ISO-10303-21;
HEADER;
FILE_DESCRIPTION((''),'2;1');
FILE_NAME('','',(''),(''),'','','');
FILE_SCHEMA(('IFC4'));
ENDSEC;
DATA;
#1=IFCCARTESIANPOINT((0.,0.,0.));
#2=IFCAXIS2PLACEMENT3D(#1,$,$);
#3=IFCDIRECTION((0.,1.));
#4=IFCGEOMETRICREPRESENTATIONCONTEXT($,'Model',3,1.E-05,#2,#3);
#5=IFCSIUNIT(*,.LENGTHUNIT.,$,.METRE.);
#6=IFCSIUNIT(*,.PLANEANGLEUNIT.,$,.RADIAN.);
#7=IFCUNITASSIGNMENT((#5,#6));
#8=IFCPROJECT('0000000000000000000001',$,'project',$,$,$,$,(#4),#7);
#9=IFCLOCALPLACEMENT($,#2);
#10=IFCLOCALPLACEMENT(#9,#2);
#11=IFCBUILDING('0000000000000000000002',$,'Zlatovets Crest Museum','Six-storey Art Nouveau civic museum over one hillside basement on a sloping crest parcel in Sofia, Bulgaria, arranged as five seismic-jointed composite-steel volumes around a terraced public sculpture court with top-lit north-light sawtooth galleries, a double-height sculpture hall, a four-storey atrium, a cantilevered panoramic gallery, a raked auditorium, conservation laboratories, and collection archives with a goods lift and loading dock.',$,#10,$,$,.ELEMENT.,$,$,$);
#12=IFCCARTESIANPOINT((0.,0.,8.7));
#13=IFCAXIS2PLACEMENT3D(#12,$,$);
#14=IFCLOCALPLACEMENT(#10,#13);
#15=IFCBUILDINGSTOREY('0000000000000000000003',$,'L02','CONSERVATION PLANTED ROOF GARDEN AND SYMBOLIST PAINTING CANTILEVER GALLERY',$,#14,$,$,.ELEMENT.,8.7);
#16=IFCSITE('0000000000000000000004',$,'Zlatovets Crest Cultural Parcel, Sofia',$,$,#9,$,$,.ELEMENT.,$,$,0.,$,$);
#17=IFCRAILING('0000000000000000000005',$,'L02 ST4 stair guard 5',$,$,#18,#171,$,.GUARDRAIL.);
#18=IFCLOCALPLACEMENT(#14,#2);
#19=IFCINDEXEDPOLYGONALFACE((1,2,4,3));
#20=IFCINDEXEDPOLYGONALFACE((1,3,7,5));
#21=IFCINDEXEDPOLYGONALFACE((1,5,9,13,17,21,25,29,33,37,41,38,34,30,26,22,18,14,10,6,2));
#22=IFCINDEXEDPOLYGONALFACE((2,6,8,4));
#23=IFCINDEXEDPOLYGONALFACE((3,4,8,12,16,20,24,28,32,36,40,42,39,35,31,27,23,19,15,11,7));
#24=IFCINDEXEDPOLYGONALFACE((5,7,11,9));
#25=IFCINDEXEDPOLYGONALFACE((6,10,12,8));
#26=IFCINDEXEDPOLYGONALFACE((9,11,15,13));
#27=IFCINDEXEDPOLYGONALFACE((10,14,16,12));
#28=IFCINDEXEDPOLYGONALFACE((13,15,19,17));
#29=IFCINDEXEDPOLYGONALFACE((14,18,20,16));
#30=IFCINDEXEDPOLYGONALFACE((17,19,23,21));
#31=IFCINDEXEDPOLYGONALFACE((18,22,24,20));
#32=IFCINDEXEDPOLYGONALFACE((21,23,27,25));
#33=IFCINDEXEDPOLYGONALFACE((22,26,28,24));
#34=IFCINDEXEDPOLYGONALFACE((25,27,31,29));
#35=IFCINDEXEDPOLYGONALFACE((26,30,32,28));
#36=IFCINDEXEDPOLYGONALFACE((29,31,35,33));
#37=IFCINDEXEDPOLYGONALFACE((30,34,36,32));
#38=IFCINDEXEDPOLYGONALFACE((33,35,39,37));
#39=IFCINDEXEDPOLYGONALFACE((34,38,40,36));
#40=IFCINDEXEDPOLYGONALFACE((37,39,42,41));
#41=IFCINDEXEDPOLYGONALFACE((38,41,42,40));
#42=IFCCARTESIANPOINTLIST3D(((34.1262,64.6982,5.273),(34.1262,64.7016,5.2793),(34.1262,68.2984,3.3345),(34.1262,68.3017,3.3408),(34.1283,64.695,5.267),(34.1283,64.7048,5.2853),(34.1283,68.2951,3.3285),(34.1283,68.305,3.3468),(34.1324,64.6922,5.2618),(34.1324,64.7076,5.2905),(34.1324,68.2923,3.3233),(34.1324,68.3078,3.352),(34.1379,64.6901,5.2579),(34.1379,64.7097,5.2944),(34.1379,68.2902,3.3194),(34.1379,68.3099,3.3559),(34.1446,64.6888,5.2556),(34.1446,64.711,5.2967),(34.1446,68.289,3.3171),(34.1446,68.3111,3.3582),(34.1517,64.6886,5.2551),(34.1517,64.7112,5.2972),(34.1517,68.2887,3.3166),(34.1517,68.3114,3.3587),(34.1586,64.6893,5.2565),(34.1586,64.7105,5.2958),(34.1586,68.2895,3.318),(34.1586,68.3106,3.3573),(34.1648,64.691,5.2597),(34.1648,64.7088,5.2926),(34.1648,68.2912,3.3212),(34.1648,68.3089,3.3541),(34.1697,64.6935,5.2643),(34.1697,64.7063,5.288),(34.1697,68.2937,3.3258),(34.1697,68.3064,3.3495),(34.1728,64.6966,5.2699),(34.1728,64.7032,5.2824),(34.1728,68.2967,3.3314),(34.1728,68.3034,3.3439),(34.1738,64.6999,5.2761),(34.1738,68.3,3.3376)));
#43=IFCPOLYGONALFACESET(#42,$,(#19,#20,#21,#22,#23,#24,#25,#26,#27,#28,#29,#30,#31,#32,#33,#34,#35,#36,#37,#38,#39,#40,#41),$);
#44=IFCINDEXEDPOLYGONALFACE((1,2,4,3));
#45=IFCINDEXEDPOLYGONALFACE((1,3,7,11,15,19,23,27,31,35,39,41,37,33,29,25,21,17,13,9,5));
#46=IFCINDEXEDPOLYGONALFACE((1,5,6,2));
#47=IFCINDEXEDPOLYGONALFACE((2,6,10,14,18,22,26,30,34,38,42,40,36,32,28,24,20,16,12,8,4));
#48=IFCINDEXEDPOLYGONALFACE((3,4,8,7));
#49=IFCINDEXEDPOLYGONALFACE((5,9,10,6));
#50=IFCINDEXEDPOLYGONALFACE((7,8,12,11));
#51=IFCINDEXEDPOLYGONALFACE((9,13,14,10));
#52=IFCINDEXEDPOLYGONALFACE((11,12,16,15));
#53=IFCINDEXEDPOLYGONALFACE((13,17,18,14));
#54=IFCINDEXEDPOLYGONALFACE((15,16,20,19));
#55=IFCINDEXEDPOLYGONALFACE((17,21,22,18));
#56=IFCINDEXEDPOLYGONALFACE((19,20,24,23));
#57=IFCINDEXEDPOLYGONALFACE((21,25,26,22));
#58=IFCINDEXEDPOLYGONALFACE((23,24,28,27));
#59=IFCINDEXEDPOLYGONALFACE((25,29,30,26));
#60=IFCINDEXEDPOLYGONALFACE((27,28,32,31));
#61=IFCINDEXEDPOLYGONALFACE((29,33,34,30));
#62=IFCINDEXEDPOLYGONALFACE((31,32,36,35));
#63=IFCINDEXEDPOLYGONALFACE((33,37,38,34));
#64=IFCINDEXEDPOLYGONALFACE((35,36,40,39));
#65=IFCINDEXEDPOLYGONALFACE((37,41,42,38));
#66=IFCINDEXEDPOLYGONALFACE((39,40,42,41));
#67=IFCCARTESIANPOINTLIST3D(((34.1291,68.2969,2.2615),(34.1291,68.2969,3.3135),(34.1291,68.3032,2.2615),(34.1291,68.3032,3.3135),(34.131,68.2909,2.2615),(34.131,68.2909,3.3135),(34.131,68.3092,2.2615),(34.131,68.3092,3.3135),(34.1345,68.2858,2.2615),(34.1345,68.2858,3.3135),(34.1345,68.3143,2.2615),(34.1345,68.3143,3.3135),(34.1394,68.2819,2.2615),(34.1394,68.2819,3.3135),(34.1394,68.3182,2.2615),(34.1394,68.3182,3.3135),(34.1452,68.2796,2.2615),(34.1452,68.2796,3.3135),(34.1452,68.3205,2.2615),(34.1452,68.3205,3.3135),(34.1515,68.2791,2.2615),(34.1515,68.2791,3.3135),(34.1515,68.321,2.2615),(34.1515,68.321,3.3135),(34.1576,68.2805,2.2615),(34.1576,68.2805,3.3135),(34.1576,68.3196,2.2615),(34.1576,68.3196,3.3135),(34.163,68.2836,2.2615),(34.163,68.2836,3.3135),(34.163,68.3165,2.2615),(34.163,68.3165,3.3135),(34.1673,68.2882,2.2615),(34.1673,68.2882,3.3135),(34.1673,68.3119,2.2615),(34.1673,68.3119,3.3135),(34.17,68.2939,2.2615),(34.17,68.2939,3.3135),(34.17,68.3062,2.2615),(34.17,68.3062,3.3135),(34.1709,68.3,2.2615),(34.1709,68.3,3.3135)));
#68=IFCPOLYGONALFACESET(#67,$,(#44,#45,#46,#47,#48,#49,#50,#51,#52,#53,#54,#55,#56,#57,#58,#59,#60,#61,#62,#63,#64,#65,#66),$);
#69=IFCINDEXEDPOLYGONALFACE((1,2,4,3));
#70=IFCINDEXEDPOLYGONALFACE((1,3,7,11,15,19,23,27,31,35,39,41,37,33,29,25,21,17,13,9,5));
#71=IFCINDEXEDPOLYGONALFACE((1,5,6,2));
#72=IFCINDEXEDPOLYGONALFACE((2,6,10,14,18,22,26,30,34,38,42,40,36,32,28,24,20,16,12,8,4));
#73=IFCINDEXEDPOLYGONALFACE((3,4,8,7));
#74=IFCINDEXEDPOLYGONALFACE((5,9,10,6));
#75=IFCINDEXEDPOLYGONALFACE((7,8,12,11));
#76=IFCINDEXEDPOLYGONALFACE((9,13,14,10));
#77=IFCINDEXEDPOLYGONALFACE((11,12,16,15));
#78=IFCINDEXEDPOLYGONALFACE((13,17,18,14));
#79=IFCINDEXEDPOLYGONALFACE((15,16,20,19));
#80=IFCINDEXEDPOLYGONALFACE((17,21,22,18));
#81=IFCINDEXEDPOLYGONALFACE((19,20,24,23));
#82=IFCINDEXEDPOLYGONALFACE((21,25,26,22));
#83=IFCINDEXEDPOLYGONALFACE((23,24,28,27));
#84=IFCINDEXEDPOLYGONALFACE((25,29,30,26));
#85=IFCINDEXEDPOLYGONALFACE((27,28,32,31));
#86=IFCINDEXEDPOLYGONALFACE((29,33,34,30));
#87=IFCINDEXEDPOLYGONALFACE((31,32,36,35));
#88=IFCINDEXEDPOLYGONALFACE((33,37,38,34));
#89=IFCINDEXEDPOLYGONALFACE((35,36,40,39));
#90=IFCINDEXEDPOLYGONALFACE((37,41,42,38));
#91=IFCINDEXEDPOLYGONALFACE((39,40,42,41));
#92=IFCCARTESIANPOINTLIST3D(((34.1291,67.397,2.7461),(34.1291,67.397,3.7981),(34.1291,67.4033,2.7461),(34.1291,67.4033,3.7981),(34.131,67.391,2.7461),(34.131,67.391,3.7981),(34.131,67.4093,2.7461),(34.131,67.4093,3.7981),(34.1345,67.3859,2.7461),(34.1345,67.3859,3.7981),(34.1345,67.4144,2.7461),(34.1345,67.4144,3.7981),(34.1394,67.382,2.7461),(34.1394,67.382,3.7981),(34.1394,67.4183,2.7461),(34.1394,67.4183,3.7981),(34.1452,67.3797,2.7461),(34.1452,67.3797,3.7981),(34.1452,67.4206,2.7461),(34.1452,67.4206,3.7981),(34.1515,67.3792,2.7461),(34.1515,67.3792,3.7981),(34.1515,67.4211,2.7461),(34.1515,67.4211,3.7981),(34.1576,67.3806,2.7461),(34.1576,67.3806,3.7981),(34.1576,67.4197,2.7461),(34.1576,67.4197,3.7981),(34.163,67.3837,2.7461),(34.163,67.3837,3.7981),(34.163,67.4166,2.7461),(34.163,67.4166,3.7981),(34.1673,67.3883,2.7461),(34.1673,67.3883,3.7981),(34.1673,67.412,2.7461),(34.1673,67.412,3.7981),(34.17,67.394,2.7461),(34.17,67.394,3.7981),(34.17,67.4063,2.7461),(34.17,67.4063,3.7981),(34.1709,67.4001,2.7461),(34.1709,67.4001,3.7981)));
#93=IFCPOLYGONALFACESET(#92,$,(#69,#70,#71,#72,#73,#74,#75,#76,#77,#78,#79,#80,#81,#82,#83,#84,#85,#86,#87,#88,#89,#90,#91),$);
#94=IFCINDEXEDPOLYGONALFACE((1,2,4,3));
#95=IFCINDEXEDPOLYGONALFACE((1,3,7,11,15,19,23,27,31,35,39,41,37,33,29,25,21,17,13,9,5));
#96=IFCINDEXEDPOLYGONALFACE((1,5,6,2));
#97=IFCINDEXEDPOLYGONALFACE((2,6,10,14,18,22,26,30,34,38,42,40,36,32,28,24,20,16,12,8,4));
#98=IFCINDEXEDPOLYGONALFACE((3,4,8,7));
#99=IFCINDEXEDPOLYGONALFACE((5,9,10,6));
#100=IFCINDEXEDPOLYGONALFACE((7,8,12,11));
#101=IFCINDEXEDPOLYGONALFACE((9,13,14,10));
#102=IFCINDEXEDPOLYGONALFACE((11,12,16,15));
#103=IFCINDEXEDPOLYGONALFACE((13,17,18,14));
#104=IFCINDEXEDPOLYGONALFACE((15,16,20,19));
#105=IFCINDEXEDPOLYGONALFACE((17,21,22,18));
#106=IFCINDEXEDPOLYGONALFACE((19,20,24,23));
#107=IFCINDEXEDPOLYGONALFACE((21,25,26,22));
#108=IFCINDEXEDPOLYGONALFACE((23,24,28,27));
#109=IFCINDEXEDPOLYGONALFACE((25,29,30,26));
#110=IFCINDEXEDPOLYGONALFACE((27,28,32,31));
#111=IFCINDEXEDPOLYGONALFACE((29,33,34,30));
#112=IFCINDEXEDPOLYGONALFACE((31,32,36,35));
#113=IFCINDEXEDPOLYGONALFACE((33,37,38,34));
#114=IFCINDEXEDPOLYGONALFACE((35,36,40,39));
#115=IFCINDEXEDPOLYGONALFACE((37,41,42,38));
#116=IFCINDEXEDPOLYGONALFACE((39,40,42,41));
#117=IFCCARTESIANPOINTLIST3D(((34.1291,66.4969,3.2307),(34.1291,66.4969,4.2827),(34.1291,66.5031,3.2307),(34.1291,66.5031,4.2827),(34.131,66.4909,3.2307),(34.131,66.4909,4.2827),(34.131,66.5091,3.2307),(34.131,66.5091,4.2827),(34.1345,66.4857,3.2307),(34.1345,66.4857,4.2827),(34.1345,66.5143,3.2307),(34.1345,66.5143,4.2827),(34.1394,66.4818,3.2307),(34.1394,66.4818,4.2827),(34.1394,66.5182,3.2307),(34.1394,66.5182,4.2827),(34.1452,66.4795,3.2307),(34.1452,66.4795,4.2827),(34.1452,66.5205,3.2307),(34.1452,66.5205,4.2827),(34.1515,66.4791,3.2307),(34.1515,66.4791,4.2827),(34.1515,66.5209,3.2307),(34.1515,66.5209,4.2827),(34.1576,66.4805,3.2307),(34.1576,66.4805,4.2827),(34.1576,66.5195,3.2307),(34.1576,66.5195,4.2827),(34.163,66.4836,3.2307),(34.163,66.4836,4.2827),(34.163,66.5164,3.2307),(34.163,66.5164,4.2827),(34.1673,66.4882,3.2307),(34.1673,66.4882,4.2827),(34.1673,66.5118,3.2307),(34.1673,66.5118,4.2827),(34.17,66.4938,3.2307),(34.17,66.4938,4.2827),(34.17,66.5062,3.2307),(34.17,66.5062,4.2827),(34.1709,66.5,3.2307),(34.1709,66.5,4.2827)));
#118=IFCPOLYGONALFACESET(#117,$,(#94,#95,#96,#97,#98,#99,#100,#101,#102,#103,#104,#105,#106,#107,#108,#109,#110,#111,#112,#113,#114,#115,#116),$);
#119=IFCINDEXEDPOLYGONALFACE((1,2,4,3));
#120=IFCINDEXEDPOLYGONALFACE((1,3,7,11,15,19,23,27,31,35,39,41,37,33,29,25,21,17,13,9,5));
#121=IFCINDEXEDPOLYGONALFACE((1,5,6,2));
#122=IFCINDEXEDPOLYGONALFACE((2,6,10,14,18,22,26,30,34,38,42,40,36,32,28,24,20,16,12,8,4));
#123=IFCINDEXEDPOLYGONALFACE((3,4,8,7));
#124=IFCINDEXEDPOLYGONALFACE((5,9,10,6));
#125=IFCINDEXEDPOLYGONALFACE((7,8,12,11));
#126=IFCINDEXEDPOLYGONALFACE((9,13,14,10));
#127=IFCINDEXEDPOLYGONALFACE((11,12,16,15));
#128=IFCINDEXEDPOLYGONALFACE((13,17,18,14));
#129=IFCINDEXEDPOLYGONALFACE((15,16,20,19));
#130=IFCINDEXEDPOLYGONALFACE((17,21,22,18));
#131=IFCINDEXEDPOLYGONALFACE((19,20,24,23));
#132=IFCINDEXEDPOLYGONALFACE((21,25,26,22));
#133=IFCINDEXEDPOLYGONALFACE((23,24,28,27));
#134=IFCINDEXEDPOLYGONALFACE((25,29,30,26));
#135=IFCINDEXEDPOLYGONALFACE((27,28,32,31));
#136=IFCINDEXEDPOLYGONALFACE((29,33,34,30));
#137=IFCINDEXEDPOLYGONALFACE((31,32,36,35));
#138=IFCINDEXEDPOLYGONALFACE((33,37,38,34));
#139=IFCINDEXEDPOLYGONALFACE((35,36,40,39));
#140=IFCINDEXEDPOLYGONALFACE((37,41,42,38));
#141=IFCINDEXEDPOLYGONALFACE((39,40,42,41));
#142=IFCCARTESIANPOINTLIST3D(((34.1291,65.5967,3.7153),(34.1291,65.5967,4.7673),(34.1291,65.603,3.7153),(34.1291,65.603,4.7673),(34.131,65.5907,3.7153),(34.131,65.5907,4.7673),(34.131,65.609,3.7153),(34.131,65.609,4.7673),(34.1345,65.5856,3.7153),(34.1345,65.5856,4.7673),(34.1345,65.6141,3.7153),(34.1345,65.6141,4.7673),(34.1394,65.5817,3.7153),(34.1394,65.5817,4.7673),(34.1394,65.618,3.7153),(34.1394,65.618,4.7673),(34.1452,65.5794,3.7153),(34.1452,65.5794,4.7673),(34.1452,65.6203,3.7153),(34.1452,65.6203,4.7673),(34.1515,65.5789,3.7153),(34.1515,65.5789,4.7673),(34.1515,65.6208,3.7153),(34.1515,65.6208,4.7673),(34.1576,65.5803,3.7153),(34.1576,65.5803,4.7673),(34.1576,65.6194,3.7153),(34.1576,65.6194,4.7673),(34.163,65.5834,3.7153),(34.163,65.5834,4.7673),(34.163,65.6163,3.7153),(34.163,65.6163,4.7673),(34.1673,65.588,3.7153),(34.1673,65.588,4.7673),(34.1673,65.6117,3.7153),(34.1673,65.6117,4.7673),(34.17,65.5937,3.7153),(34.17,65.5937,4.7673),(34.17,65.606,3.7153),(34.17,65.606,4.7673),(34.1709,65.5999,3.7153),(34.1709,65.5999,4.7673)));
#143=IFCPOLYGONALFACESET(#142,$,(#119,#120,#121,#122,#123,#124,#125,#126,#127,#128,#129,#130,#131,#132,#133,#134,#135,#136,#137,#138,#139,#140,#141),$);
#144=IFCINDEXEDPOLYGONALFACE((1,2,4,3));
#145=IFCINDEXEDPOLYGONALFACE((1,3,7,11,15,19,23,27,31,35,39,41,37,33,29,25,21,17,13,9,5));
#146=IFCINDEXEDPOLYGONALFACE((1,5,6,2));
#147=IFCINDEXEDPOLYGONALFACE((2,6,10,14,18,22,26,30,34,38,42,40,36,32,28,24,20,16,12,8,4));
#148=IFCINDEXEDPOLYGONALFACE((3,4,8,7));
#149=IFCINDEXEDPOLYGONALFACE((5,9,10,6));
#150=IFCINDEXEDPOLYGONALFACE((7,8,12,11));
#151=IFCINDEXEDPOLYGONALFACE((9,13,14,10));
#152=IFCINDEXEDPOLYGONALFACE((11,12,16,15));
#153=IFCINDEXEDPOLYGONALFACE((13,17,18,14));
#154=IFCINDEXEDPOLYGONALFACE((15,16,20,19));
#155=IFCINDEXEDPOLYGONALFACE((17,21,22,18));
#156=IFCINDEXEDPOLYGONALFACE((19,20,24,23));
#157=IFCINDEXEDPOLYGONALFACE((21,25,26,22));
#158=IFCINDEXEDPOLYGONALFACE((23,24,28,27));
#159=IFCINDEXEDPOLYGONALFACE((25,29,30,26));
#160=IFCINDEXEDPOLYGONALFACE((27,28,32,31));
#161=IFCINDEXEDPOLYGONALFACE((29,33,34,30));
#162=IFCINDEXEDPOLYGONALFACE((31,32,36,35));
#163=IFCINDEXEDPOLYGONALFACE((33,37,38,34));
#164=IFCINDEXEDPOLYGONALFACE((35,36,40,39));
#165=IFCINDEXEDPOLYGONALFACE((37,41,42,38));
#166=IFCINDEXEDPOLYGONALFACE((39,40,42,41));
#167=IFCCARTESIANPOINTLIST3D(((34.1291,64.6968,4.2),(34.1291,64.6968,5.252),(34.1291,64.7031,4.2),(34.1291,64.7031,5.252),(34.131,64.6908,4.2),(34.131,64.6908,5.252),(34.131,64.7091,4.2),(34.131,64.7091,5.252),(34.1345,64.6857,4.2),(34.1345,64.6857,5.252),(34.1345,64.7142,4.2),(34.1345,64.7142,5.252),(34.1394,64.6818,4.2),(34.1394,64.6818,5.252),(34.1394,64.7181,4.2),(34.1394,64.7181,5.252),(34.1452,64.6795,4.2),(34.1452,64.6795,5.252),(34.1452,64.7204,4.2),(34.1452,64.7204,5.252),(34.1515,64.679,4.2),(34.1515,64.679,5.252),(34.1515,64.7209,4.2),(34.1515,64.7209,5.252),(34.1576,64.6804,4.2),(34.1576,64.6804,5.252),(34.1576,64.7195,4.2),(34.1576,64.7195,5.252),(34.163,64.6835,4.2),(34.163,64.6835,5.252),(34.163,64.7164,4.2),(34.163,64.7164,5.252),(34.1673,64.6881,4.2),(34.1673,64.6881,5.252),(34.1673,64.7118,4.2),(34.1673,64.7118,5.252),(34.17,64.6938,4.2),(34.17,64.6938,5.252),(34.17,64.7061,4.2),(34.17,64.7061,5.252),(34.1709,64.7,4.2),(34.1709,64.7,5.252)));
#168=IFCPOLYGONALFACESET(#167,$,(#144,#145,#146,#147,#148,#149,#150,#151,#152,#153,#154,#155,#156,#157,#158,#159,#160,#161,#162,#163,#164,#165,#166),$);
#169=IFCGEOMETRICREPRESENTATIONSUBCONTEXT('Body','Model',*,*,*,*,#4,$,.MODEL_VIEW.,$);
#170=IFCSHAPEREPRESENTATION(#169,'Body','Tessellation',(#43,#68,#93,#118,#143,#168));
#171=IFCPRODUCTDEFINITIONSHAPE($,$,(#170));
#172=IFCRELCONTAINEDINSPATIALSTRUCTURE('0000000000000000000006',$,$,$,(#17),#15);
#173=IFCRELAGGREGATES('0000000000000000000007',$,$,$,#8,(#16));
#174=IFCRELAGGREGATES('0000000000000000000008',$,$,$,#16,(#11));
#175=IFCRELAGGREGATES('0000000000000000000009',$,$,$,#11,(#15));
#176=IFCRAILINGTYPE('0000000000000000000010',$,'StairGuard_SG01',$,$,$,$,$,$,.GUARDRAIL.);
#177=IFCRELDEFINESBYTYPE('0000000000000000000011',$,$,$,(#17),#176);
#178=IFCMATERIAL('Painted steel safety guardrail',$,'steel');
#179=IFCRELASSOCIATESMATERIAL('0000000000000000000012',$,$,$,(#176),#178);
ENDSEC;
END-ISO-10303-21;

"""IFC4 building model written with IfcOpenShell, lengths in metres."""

from ifc_helpers import new_model, si_unit, direction, frame, origin, origin_2d, place, context, subcontext, project, spatial, circle, extrude, material, type_object, element, save


model = new_model("IFC4")

# Units and contexts
model_context = context("Model", 3, precision=1e-05, world=origin(), true_north=direction((0.0, 1.0)))
body_context = subcontext(model_context, "Body", "Model", "MODEL_VIEW")
ifc_project = project(units=[si_unit("LENGTHUNIT", "METRE"), si_unit("PLANEANGLEUNIT", "RADIAN")], contexts=[model_context])

# Site, building, storey
site_placement = place(None, origin())
site = spatial("IfcSite", under=ifc_project, at=site_placement, Name="Zlatovets Crest Cultural Parcel, Sofia", CompositionType="ELEMENT", RefElevation=0.0)
building_placement = place(site_placement, origin())
building = spatial("IfcBuilding", under=site, at=building_placement, Name="Zlatovets Crest Museum", Description="Six-storey Art Nouveau civic museum over one hillside basement on a sloping crest parcel in Sofia, Bulgaria, arranged as five seismic-jointed composite-steel volumes around a terraced public sculpture court with top-lit north-light sawtooth galleries, a double-height sculpture hall, a four-storey atrium, a cantilevered panoramic gallery, a raked auditorium, conservation laboratories, and collection archives with a goods lift and loading dock.", CompositionType="ELEMENT")
storey_placement = place(building_placement, frame((0.0, 0.0, 8.7)))
storey = spatial("IfcBuildingStorey", under=building, at=storey_placement, Name="L02", Description="CONSERVATION PLANTED ROOF GARDEN AND SYMBOLIST PAINTING CANTILEVER GALLERY", CompositionType="ELEMENT", Elevation=8.7)

# Railing
ifc_material_1 = material(Name="Painted steel safety guardrail", Category="steel")
railing_type_1 = type_object("IfcRailingType", Name="StairGuard_SG01", PredefinedType="GUARDRAIL", material=ifc_material_1)
railing_1_placement = place(storey_placement, frame((34.1499, 68.3, 2.2615)))
element("IfcRailing", 1, at=railing_1_placement, inside=storey, type_object=railing_type_1, Name="L02 ST4 stair guard 5", PredefinedType="GUARDRAIL", context=body_context, shape_type="SweptSolid", body=[
    extrude(circle(Radius=0.0239, at=origin_2d()), frame((0.0, 0.0, 1.0762), z_axis=(0.0, -0.880475, 0.474093), x_axis=(1.0, 0.0, 0.0)), (0.0, 0.0, 1.0), 4.0889),
    extrude(circle(Radius=0.021, at=origin_2d()), origin(), (0.0, 0.0, 1.0), 1.052),
    extrude(circle(Radius=0.021, at=origin_2d()), frame((0.0, -0.8999, 0.4846)), (0.0, 0.0, 1.0), 1.052),
    extrude(circle(Radius=0.021, at=origin_2d()), frame((0.0, -1.8, 0.9692)), (0.0, 0.0, 1.0), 1.052),
    extrude(circle(Radius=0.021, at=origin_2d()), frame((0.0, -2.7002, 1.4539)), (0.0, 0.0, 1.0), 1.052),
    extrude(circle(Radius=0.021, at=origin_2d()), frame((0.0, -3.6001, 1.9385)), (0.0, 0.0, 1.0), 1.052),
])

save(model, "model.ifc")
